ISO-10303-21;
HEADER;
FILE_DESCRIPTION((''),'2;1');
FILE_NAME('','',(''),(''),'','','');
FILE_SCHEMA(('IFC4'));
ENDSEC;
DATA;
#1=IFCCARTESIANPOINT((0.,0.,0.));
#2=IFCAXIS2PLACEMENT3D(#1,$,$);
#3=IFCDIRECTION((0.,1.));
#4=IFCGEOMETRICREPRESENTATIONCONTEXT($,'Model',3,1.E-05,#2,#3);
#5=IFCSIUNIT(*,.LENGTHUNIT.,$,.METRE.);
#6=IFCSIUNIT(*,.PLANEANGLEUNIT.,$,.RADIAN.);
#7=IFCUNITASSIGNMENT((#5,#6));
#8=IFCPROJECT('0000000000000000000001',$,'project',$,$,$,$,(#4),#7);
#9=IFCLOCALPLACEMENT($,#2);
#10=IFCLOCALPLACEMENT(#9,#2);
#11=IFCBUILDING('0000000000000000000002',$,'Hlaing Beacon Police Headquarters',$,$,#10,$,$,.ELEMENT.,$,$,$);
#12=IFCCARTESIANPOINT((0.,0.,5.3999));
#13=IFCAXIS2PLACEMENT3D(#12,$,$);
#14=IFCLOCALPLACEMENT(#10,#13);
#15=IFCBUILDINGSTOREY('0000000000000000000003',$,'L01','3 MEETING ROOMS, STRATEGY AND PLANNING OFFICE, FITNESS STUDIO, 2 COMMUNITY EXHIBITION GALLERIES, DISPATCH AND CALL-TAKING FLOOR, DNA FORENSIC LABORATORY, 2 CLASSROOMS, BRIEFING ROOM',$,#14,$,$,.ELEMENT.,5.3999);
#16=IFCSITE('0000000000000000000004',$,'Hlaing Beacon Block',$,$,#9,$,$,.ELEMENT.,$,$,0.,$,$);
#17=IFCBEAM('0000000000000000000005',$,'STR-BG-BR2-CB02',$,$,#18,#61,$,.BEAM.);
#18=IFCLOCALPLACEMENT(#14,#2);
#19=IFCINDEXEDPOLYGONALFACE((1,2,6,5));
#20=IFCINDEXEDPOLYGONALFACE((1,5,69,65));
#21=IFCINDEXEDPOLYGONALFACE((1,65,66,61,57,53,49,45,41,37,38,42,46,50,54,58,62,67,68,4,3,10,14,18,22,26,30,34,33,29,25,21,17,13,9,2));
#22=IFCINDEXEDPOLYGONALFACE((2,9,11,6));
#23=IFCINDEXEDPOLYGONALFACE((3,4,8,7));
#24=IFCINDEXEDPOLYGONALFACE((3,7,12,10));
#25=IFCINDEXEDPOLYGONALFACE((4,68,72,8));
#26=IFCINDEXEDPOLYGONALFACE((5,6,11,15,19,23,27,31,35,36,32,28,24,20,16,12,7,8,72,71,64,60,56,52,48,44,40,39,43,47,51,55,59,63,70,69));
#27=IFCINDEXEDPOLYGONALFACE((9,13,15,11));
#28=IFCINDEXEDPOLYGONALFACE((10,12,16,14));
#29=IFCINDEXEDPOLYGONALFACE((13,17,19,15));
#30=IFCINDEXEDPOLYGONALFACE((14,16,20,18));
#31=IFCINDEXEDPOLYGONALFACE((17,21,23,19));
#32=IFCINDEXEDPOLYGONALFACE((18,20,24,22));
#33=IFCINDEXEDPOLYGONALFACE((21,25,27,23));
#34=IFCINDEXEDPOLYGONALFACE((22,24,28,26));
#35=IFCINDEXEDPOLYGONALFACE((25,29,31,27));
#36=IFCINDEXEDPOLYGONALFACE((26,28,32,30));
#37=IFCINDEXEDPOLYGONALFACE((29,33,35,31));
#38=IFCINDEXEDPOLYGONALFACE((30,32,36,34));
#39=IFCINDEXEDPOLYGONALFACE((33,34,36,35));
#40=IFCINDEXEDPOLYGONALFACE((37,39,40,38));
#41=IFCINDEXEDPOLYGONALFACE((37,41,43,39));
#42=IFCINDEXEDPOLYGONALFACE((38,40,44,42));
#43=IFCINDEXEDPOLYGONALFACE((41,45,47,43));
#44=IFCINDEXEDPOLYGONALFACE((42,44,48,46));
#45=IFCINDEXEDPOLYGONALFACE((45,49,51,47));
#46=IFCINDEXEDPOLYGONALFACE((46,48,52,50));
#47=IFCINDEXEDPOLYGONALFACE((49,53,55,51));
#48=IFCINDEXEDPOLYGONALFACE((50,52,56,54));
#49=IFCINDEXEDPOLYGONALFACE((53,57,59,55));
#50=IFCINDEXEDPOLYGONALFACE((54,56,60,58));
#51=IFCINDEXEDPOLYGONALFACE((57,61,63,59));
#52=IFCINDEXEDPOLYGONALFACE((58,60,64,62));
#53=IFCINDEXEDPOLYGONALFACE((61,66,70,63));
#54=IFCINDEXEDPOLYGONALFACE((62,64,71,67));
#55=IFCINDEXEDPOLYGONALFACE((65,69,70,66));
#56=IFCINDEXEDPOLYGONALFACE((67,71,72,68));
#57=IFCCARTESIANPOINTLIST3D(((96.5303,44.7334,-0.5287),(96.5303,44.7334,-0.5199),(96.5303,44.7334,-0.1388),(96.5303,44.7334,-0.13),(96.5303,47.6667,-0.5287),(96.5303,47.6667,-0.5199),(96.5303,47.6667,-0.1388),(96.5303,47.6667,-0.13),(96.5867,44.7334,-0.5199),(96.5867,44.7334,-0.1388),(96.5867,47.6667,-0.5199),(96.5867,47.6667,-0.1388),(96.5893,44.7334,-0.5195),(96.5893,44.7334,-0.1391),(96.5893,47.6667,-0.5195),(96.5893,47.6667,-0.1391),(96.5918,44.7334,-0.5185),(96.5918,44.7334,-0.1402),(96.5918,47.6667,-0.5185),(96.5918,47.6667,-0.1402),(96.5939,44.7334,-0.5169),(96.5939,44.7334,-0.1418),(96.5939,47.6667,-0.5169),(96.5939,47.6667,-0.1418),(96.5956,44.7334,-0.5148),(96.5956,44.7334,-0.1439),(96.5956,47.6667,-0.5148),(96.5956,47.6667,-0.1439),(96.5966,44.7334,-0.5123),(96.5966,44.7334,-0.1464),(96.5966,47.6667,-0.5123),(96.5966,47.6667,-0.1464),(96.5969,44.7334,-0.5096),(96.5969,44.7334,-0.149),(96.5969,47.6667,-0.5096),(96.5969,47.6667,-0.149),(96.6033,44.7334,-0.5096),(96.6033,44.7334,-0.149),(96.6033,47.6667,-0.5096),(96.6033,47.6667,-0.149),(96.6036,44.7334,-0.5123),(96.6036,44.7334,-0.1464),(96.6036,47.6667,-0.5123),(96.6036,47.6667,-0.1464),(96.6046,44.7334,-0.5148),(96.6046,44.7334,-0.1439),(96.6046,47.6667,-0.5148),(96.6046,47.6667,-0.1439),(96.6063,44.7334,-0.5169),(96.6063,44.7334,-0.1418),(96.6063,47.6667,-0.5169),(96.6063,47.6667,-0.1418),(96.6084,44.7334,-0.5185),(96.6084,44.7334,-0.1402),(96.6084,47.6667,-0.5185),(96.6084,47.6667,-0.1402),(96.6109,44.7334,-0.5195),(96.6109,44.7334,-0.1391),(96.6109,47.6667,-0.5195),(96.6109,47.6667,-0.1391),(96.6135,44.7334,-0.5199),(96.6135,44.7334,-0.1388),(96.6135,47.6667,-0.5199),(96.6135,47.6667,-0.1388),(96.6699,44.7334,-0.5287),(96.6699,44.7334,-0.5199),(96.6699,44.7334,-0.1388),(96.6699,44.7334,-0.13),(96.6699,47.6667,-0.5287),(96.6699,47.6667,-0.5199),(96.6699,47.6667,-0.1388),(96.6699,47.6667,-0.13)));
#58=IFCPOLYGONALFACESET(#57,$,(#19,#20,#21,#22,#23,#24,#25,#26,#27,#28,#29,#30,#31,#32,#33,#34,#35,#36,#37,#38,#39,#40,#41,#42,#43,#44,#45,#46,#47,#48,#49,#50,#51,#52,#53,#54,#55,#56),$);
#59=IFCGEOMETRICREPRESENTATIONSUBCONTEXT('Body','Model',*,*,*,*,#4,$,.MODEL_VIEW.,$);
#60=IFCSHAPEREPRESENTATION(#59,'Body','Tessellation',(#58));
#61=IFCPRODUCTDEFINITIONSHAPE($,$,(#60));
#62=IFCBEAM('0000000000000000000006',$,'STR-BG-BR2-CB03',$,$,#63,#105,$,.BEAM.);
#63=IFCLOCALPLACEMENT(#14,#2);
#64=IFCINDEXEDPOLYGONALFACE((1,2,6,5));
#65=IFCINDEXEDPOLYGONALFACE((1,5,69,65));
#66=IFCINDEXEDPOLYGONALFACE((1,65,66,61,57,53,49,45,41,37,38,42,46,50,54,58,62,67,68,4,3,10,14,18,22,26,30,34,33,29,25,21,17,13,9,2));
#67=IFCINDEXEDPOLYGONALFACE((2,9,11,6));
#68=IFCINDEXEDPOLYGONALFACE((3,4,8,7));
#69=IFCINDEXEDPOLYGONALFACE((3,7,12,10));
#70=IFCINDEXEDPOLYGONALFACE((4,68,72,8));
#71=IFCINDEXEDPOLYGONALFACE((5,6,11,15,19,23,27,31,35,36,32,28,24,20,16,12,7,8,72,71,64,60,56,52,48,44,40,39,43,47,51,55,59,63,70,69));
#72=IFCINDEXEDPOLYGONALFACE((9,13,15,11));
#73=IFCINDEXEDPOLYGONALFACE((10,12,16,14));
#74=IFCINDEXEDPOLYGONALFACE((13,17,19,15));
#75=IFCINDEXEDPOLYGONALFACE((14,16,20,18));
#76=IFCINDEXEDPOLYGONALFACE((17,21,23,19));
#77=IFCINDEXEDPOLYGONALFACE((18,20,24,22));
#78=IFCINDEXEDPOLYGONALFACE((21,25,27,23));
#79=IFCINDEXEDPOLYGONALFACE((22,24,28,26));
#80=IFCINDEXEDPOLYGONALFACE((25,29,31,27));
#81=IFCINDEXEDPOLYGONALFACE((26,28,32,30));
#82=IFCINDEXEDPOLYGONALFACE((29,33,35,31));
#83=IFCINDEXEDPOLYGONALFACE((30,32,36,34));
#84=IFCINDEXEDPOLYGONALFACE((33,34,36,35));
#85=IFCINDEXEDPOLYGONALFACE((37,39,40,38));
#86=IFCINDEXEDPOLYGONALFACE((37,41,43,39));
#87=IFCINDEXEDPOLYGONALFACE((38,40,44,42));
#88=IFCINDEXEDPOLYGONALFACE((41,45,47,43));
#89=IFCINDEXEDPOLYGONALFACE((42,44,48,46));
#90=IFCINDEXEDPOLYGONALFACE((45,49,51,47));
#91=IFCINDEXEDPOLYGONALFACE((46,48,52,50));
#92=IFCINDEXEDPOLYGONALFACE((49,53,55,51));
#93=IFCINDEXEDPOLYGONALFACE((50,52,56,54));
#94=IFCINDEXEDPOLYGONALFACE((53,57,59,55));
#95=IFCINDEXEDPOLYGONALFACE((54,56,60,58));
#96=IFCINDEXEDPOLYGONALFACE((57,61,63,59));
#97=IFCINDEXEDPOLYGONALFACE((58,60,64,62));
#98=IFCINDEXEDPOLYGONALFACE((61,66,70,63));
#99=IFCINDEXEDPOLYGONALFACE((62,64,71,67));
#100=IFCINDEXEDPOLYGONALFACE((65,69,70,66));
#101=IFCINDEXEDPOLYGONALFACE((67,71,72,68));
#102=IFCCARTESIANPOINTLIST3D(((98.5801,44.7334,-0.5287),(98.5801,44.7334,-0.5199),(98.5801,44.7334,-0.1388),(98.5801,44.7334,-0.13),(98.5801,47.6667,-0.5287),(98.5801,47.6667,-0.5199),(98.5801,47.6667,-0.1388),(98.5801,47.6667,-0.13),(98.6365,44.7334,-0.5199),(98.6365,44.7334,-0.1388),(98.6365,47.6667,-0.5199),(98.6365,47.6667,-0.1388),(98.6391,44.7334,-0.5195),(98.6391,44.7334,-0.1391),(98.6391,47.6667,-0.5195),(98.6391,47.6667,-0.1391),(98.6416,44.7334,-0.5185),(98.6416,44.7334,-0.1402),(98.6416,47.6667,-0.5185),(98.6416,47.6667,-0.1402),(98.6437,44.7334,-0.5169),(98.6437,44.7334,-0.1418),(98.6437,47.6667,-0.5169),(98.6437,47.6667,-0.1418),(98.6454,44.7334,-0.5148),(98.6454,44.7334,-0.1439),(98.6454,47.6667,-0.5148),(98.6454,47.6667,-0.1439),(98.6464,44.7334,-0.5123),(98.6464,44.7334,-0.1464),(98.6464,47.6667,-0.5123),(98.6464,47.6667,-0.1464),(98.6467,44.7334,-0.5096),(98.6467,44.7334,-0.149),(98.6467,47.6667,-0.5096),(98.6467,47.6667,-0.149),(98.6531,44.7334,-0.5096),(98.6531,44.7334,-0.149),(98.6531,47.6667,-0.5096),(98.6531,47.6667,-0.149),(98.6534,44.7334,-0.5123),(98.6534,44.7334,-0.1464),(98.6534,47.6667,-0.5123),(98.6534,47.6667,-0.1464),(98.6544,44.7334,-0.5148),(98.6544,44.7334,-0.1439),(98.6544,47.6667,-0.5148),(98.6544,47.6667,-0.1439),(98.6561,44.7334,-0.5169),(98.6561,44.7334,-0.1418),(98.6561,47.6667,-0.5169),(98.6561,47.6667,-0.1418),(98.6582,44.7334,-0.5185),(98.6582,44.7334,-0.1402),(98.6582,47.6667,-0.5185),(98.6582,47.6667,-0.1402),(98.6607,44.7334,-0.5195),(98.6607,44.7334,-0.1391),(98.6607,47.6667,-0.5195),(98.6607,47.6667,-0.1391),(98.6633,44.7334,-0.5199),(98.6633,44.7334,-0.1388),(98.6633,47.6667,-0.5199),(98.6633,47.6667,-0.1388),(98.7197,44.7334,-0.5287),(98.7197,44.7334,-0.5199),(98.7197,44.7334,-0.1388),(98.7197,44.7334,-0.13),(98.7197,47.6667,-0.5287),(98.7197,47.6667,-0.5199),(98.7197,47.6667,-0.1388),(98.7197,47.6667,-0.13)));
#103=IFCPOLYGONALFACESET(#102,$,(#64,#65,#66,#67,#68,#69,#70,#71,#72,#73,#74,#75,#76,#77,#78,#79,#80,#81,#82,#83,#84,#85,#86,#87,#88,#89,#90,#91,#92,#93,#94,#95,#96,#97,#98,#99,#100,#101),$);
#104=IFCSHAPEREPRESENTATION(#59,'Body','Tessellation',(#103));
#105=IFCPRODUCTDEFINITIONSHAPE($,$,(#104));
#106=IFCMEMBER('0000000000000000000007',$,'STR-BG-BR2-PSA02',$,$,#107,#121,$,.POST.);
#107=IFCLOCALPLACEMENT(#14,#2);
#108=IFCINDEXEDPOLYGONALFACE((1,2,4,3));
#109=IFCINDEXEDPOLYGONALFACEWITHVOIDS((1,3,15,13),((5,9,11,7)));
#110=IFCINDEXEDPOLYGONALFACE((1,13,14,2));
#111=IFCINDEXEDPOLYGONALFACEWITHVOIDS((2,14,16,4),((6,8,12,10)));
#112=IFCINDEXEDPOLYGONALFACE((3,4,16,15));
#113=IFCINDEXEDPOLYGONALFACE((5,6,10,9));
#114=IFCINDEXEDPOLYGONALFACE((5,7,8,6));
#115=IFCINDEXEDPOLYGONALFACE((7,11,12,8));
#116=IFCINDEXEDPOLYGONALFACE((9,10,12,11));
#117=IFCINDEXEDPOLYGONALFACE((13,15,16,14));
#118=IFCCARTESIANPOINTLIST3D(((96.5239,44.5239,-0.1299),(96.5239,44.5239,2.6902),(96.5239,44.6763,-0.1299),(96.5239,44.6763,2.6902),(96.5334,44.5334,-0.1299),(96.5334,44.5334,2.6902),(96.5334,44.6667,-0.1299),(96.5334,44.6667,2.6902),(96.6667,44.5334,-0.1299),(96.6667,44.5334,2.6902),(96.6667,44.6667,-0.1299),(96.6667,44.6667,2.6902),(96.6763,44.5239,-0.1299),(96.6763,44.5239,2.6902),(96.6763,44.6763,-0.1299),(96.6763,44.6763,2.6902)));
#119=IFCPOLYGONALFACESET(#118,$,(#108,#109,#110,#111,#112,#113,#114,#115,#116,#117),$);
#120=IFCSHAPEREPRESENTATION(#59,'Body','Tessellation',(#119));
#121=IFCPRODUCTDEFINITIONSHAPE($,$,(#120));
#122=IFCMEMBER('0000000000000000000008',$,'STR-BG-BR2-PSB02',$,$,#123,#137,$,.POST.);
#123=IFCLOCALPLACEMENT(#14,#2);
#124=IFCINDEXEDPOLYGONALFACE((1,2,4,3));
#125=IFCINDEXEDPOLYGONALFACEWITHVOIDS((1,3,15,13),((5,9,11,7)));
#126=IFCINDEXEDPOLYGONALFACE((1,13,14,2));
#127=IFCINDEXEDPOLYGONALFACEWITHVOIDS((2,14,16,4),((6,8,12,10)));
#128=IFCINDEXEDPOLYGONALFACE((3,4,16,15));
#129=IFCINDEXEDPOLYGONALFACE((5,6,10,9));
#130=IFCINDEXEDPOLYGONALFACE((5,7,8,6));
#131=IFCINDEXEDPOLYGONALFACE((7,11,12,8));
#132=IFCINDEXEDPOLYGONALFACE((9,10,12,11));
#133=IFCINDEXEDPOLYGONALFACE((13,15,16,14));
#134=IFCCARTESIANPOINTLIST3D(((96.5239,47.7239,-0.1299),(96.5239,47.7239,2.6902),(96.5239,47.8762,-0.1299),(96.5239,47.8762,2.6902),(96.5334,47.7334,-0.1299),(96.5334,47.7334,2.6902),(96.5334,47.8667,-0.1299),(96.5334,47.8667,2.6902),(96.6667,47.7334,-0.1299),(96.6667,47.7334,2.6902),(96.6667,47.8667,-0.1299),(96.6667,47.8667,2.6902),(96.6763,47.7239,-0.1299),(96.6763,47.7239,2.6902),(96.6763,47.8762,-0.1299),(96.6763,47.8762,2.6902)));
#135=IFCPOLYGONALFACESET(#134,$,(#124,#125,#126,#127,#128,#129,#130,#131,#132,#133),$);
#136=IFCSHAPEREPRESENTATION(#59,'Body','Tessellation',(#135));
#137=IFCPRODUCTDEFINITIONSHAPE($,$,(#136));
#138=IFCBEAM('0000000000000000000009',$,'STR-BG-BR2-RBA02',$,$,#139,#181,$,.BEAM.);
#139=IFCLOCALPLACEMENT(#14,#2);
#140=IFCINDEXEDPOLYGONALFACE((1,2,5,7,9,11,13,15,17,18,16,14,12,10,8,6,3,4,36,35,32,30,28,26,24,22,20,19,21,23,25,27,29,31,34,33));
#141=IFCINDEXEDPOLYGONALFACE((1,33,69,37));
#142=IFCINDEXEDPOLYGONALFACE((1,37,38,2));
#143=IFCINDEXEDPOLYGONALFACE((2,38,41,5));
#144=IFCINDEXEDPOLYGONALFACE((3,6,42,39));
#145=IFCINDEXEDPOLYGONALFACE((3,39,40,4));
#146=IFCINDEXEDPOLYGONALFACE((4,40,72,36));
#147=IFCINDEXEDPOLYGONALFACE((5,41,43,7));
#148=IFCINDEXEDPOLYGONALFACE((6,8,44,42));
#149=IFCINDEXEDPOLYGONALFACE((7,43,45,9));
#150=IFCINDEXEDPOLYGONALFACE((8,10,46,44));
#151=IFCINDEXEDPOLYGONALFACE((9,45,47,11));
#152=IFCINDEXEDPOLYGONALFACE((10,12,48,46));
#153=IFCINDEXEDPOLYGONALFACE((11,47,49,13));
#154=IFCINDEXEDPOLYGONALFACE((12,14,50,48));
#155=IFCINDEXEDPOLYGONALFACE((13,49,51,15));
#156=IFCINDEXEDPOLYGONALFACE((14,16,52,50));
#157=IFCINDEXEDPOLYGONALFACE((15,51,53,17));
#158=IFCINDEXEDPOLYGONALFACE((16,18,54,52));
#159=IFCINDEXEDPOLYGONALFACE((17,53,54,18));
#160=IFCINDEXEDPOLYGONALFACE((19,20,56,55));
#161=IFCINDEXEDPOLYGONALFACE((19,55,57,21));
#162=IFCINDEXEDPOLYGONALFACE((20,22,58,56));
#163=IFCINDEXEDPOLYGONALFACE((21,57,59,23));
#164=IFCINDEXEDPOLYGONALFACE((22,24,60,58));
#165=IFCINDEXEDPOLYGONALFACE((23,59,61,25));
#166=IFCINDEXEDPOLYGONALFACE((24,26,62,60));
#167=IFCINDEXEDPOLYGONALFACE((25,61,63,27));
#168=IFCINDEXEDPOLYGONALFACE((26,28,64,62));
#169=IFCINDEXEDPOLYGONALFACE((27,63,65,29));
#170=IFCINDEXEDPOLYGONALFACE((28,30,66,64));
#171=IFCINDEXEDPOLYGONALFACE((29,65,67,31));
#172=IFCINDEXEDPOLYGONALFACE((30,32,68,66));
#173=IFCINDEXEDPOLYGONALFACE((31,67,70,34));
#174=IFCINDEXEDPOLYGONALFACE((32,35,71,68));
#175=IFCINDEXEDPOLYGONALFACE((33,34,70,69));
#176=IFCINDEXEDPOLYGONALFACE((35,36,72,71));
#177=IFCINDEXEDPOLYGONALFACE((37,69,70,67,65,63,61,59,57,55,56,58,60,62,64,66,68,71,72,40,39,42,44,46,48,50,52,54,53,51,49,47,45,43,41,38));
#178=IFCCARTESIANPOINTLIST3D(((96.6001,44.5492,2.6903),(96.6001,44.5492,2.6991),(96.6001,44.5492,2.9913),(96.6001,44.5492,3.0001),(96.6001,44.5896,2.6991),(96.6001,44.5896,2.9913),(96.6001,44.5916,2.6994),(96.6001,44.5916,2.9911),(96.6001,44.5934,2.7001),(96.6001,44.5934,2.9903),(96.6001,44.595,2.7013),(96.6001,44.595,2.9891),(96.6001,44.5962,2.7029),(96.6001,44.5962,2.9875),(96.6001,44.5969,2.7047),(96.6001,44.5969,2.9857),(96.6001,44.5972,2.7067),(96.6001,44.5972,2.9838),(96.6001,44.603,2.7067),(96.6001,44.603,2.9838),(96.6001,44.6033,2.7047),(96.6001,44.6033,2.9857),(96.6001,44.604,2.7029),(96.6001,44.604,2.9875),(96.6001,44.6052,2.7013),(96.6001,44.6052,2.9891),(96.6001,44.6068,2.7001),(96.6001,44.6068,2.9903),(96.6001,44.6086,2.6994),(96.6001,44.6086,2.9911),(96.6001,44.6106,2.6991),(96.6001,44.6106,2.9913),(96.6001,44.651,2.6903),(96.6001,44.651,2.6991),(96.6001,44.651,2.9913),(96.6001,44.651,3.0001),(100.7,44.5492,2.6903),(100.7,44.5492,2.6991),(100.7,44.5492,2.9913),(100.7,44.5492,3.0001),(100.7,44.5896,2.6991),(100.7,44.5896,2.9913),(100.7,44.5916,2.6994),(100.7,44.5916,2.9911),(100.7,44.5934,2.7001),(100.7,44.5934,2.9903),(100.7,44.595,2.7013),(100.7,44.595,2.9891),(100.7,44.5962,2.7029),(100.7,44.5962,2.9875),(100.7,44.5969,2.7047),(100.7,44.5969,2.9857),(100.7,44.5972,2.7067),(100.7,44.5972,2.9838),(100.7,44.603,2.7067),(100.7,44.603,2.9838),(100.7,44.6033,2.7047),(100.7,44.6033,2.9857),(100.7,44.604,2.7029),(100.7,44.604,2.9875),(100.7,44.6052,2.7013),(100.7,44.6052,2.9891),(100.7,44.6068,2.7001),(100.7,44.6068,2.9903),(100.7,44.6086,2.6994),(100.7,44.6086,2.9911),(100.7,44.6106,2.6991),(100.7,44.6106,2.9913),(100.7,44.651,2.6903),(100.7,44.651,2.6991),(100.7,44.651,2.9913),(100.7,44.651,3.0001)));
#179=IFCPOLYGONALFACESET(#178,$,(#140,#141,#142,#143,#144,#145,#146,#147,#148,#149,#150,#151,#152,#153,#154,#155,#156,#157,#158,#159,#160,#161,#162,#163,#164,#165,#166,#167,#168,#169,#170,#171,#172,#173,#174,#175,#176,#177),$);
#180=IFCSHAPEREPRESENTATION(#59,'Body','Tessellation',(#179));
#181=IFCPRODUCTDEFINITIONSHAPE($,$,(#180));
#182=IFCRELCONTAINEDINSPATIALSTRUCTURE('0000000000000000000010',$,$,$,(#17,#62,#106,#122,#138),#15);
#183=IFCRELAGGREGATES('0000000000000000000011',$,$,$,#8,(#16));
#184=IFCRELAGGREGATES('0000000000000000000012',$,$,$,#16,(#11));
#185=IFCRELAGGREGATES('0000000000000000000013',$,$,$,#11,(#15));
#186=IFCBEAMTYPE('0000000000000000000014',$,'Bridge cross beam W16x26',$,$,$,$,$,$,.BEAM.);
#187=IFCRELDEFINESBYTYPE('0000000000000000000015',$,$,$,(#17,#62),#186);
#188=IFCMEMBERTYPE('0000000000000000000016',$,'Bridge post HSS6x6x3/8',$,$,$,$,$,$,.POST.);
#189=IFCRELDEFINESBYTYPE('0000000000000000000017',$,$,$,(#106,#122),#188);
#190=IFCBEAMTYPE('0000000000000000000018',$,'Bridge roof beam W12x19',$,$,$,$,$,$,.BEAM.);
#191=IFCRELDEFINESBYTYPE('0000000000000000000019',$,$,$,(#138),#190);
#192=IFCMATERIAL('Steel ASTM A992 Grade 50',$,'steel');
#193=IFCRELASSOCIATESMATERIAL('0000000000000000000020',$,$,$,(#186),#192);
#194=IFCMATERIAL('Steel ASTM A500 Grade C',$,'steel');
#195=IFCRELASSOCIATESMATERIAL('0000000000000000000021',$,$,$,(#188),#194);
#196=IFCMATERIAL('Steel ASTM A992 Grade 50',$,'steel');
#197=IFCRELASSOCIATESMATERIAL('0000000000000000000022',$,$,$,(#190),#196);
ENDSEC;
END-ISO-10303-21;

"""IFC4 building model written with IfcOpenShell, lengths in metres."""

from ifc_helpers import new_model, si_unit, direction, frame, origin, origin_2d, place, context, subcontext, project, spatial, hollow_rectangle, i_section, extrude, material, material_profile, profile_set, type_object, element, save


model = new_model("IFC4")

# Units and contexts
model_context = context("Model", 3, precision=1e-05, world=origin(), true_north=direction((0.0, 1.0)))
body_context = subcontext(model_context, "Body", "Model", "MODEL_VIEW")
ifc_project = project(units=[si_unit("LENGTHUNIT", "METRE"), si_unit("PLANEANGLEUNIT", "RADIAN")], contexts=[model_context])

# Site, building, storey
site_placement = place(None, origin())
site = spatial("IfcSite", under=ifc_project, at=site_placement, Name="Hlaing Beacon Block", CompositionType="ELEMENT", RefElevation=0.0)
building_placement = place(site_placement, origin())
building = spatial("IfcBuilding", under=site, at=building_placement, Name="Hlaing Beacon Police Headquarters", CompositionType="ELEMENT")
storey_placement = place(building_placement, frame((0.0, 0.0, 5.3999)))
storey = spatial("IfcBuildingStorey", under=building, at=storey_placement, Name="L01", Description="3 MEETING ROOMS, STRATEGY AND PLANNING OFFICE, FITNESS STUDIO, 2 COMMUNITY EXHIBITION GALLERIES, DISPATCH AND CALL-TAKING FLOOR, DNA FORENSIC LABORATORY, 2 CLASSROOMS, BRIEFING ROOM", CompositionType="ELEMENT", Elevation=5.3999)

# Beams
ifc_material_1 = material(Name="Steel ASTM A992 Grade 50", Category="steel")
ifc_material_profile_1 = material_profile(ifc_material_1, i_section(OverallWidth=0.1396, OverallDepth=0.3987, WebThickness=0.0063, FlangeThickness=0.0088, FilletRadius=0.0103, at=origin_2d()), Name="W16x26")
ifc_profile_set_1 = profile_set([ifc_material_profile_1], Name="Steel ASTM A992 Grade 50")
beam_type_1 = type_object("IfcBeamType", Name="Bridge cross beam W16x26", PredefinedType="BEAM", material=ifc_profile_set_1)
for number, where, z_axis, x_axis, name in (
    (1, (96.6001, 44.7334, -0.3293), (0.0, 1.0, 0.0), (-1.0, 0.0, 0.0), "STR-BG-BR2-CB02"),
    (2, (98.6499, 44.7334, -0.3293), (0.0, 1.0, 0.0), (-1.0, 0.0, 0.0), "STR-BG-BR2-CB03"),
):
    element("IfcBeam", number, at=place(storey_placement, frame(where, z_axis=z_axis, x_axis=x_axis)), inside=storey, type_object=beam_type_1, Name=name, PredefinedType="BEAM", context=body_context, shape_type="SweptSolid", body=[
        extrude(i_section(OverallWidth=0.1396, OverallDepth=0.3987, WebThickness=0.0063, FlangeThickness=0.0088, FilletRadius=0.0103, at=origin_2d()), origin(), (0.0, 0.0, 1.0), 2.9333),
    ])

# Members
ifc_material_2 = material(Name="Steel ASTM A500 Grade C", Category="steel")
ifc_material_profile_2 = material_profile(ifc_material_2, hollow_rectangle(XDim=0.1523, YDim=0.1523, WallThickness=0.0095, at=origin_2d()), Name="HSS6x6x3/8")
ifc_profile_set_2 = profile_set([ifc_material_profile_2], Name="Steel ASTM A500 Grade C")
member_type_1 = type_object("IfcMemberType", Name="Bridge post HSS6x6x3/8", PredefinedType="POST", material=ifc_profile_set_2)
for number, where, z_axis, x_axis, name in (
    (3, (96.6001, 44.6001, -0.1299), (0.0, 0.0, 1.0), (1.0, 0.0, 0.0), "STR-BG-BR2-PSA02"),
    (4, (96.6001, 47.8, -0.1299), (0.0, 0.0, 1.0), (1.0, 0.0, 0.0), "STR-BG-BR2-PSB02"),
):
    element("IfcMember", number, at=place(storey_placement, frame(where, z_axis=z_axis, x_axis=x_axis)), inside=storey, type_object=member_type_1, Name=name, PredefinedType="POST", context=body_context, shape_type="SweptSolid", body=[
        extrude(hollow_rectangle(XDim=0.1523, YDim=0.1523, WallThickness=0.0095, at=origin_2d()), origin(), (0.0, 0.0, 1.0), 2.8201),
    ])

# Beam
ifc_material_3 = material(Name="Steel ASTM A992 Grade 50", Category="steel")
ifc_material_profile_3 = material_profile(ifc_material_3, i_section(OverallWidth=0.1018, OverallDepth=0.3098, WebThickness=0.0059, FlangeThickness=0.0088, FilletRadius=0.0076, at=origin_2d()), Name="W12x19")
ifc_profile_set_3 = profile_set([ifc_material_profile_3], Name="Steel ASTM A992 Grade 50")
beam_type_2 = type_object("IfcBeamType", Name="Bridge roof beam W12x19", PredefinedType="BEAM", material=ifc_profile_set_3)
for number, where, z_axis, x_axis, name in (
    (5, (96.6001, 44.6001, 2.8452), (1.0, 0.0, 0.0), (0.0, 1.0, 0.0), "STR-BG-BR2-RBA02"),
):
    element("IfcBeam", number, at=place(storey_placement, frame(where, z_axis=z_axis, x_axis=x_axis)), inside=storey, type_object=beam_type_2, Name=name, PredefinedType="BEAM", context=body_context, shape_type="SweptSolid", body=[
        extrude(i_section(OverallWidth=0.1018, OverallDepth=0.3098, WebThickness=0.0059, FlangeThickness=0.0088, FilletRadius=0.0076, at=origin_2d()), origin(), (0.0, 0.0, 1.0), 4.0999),
    ])

save(model, "model.ifc")
